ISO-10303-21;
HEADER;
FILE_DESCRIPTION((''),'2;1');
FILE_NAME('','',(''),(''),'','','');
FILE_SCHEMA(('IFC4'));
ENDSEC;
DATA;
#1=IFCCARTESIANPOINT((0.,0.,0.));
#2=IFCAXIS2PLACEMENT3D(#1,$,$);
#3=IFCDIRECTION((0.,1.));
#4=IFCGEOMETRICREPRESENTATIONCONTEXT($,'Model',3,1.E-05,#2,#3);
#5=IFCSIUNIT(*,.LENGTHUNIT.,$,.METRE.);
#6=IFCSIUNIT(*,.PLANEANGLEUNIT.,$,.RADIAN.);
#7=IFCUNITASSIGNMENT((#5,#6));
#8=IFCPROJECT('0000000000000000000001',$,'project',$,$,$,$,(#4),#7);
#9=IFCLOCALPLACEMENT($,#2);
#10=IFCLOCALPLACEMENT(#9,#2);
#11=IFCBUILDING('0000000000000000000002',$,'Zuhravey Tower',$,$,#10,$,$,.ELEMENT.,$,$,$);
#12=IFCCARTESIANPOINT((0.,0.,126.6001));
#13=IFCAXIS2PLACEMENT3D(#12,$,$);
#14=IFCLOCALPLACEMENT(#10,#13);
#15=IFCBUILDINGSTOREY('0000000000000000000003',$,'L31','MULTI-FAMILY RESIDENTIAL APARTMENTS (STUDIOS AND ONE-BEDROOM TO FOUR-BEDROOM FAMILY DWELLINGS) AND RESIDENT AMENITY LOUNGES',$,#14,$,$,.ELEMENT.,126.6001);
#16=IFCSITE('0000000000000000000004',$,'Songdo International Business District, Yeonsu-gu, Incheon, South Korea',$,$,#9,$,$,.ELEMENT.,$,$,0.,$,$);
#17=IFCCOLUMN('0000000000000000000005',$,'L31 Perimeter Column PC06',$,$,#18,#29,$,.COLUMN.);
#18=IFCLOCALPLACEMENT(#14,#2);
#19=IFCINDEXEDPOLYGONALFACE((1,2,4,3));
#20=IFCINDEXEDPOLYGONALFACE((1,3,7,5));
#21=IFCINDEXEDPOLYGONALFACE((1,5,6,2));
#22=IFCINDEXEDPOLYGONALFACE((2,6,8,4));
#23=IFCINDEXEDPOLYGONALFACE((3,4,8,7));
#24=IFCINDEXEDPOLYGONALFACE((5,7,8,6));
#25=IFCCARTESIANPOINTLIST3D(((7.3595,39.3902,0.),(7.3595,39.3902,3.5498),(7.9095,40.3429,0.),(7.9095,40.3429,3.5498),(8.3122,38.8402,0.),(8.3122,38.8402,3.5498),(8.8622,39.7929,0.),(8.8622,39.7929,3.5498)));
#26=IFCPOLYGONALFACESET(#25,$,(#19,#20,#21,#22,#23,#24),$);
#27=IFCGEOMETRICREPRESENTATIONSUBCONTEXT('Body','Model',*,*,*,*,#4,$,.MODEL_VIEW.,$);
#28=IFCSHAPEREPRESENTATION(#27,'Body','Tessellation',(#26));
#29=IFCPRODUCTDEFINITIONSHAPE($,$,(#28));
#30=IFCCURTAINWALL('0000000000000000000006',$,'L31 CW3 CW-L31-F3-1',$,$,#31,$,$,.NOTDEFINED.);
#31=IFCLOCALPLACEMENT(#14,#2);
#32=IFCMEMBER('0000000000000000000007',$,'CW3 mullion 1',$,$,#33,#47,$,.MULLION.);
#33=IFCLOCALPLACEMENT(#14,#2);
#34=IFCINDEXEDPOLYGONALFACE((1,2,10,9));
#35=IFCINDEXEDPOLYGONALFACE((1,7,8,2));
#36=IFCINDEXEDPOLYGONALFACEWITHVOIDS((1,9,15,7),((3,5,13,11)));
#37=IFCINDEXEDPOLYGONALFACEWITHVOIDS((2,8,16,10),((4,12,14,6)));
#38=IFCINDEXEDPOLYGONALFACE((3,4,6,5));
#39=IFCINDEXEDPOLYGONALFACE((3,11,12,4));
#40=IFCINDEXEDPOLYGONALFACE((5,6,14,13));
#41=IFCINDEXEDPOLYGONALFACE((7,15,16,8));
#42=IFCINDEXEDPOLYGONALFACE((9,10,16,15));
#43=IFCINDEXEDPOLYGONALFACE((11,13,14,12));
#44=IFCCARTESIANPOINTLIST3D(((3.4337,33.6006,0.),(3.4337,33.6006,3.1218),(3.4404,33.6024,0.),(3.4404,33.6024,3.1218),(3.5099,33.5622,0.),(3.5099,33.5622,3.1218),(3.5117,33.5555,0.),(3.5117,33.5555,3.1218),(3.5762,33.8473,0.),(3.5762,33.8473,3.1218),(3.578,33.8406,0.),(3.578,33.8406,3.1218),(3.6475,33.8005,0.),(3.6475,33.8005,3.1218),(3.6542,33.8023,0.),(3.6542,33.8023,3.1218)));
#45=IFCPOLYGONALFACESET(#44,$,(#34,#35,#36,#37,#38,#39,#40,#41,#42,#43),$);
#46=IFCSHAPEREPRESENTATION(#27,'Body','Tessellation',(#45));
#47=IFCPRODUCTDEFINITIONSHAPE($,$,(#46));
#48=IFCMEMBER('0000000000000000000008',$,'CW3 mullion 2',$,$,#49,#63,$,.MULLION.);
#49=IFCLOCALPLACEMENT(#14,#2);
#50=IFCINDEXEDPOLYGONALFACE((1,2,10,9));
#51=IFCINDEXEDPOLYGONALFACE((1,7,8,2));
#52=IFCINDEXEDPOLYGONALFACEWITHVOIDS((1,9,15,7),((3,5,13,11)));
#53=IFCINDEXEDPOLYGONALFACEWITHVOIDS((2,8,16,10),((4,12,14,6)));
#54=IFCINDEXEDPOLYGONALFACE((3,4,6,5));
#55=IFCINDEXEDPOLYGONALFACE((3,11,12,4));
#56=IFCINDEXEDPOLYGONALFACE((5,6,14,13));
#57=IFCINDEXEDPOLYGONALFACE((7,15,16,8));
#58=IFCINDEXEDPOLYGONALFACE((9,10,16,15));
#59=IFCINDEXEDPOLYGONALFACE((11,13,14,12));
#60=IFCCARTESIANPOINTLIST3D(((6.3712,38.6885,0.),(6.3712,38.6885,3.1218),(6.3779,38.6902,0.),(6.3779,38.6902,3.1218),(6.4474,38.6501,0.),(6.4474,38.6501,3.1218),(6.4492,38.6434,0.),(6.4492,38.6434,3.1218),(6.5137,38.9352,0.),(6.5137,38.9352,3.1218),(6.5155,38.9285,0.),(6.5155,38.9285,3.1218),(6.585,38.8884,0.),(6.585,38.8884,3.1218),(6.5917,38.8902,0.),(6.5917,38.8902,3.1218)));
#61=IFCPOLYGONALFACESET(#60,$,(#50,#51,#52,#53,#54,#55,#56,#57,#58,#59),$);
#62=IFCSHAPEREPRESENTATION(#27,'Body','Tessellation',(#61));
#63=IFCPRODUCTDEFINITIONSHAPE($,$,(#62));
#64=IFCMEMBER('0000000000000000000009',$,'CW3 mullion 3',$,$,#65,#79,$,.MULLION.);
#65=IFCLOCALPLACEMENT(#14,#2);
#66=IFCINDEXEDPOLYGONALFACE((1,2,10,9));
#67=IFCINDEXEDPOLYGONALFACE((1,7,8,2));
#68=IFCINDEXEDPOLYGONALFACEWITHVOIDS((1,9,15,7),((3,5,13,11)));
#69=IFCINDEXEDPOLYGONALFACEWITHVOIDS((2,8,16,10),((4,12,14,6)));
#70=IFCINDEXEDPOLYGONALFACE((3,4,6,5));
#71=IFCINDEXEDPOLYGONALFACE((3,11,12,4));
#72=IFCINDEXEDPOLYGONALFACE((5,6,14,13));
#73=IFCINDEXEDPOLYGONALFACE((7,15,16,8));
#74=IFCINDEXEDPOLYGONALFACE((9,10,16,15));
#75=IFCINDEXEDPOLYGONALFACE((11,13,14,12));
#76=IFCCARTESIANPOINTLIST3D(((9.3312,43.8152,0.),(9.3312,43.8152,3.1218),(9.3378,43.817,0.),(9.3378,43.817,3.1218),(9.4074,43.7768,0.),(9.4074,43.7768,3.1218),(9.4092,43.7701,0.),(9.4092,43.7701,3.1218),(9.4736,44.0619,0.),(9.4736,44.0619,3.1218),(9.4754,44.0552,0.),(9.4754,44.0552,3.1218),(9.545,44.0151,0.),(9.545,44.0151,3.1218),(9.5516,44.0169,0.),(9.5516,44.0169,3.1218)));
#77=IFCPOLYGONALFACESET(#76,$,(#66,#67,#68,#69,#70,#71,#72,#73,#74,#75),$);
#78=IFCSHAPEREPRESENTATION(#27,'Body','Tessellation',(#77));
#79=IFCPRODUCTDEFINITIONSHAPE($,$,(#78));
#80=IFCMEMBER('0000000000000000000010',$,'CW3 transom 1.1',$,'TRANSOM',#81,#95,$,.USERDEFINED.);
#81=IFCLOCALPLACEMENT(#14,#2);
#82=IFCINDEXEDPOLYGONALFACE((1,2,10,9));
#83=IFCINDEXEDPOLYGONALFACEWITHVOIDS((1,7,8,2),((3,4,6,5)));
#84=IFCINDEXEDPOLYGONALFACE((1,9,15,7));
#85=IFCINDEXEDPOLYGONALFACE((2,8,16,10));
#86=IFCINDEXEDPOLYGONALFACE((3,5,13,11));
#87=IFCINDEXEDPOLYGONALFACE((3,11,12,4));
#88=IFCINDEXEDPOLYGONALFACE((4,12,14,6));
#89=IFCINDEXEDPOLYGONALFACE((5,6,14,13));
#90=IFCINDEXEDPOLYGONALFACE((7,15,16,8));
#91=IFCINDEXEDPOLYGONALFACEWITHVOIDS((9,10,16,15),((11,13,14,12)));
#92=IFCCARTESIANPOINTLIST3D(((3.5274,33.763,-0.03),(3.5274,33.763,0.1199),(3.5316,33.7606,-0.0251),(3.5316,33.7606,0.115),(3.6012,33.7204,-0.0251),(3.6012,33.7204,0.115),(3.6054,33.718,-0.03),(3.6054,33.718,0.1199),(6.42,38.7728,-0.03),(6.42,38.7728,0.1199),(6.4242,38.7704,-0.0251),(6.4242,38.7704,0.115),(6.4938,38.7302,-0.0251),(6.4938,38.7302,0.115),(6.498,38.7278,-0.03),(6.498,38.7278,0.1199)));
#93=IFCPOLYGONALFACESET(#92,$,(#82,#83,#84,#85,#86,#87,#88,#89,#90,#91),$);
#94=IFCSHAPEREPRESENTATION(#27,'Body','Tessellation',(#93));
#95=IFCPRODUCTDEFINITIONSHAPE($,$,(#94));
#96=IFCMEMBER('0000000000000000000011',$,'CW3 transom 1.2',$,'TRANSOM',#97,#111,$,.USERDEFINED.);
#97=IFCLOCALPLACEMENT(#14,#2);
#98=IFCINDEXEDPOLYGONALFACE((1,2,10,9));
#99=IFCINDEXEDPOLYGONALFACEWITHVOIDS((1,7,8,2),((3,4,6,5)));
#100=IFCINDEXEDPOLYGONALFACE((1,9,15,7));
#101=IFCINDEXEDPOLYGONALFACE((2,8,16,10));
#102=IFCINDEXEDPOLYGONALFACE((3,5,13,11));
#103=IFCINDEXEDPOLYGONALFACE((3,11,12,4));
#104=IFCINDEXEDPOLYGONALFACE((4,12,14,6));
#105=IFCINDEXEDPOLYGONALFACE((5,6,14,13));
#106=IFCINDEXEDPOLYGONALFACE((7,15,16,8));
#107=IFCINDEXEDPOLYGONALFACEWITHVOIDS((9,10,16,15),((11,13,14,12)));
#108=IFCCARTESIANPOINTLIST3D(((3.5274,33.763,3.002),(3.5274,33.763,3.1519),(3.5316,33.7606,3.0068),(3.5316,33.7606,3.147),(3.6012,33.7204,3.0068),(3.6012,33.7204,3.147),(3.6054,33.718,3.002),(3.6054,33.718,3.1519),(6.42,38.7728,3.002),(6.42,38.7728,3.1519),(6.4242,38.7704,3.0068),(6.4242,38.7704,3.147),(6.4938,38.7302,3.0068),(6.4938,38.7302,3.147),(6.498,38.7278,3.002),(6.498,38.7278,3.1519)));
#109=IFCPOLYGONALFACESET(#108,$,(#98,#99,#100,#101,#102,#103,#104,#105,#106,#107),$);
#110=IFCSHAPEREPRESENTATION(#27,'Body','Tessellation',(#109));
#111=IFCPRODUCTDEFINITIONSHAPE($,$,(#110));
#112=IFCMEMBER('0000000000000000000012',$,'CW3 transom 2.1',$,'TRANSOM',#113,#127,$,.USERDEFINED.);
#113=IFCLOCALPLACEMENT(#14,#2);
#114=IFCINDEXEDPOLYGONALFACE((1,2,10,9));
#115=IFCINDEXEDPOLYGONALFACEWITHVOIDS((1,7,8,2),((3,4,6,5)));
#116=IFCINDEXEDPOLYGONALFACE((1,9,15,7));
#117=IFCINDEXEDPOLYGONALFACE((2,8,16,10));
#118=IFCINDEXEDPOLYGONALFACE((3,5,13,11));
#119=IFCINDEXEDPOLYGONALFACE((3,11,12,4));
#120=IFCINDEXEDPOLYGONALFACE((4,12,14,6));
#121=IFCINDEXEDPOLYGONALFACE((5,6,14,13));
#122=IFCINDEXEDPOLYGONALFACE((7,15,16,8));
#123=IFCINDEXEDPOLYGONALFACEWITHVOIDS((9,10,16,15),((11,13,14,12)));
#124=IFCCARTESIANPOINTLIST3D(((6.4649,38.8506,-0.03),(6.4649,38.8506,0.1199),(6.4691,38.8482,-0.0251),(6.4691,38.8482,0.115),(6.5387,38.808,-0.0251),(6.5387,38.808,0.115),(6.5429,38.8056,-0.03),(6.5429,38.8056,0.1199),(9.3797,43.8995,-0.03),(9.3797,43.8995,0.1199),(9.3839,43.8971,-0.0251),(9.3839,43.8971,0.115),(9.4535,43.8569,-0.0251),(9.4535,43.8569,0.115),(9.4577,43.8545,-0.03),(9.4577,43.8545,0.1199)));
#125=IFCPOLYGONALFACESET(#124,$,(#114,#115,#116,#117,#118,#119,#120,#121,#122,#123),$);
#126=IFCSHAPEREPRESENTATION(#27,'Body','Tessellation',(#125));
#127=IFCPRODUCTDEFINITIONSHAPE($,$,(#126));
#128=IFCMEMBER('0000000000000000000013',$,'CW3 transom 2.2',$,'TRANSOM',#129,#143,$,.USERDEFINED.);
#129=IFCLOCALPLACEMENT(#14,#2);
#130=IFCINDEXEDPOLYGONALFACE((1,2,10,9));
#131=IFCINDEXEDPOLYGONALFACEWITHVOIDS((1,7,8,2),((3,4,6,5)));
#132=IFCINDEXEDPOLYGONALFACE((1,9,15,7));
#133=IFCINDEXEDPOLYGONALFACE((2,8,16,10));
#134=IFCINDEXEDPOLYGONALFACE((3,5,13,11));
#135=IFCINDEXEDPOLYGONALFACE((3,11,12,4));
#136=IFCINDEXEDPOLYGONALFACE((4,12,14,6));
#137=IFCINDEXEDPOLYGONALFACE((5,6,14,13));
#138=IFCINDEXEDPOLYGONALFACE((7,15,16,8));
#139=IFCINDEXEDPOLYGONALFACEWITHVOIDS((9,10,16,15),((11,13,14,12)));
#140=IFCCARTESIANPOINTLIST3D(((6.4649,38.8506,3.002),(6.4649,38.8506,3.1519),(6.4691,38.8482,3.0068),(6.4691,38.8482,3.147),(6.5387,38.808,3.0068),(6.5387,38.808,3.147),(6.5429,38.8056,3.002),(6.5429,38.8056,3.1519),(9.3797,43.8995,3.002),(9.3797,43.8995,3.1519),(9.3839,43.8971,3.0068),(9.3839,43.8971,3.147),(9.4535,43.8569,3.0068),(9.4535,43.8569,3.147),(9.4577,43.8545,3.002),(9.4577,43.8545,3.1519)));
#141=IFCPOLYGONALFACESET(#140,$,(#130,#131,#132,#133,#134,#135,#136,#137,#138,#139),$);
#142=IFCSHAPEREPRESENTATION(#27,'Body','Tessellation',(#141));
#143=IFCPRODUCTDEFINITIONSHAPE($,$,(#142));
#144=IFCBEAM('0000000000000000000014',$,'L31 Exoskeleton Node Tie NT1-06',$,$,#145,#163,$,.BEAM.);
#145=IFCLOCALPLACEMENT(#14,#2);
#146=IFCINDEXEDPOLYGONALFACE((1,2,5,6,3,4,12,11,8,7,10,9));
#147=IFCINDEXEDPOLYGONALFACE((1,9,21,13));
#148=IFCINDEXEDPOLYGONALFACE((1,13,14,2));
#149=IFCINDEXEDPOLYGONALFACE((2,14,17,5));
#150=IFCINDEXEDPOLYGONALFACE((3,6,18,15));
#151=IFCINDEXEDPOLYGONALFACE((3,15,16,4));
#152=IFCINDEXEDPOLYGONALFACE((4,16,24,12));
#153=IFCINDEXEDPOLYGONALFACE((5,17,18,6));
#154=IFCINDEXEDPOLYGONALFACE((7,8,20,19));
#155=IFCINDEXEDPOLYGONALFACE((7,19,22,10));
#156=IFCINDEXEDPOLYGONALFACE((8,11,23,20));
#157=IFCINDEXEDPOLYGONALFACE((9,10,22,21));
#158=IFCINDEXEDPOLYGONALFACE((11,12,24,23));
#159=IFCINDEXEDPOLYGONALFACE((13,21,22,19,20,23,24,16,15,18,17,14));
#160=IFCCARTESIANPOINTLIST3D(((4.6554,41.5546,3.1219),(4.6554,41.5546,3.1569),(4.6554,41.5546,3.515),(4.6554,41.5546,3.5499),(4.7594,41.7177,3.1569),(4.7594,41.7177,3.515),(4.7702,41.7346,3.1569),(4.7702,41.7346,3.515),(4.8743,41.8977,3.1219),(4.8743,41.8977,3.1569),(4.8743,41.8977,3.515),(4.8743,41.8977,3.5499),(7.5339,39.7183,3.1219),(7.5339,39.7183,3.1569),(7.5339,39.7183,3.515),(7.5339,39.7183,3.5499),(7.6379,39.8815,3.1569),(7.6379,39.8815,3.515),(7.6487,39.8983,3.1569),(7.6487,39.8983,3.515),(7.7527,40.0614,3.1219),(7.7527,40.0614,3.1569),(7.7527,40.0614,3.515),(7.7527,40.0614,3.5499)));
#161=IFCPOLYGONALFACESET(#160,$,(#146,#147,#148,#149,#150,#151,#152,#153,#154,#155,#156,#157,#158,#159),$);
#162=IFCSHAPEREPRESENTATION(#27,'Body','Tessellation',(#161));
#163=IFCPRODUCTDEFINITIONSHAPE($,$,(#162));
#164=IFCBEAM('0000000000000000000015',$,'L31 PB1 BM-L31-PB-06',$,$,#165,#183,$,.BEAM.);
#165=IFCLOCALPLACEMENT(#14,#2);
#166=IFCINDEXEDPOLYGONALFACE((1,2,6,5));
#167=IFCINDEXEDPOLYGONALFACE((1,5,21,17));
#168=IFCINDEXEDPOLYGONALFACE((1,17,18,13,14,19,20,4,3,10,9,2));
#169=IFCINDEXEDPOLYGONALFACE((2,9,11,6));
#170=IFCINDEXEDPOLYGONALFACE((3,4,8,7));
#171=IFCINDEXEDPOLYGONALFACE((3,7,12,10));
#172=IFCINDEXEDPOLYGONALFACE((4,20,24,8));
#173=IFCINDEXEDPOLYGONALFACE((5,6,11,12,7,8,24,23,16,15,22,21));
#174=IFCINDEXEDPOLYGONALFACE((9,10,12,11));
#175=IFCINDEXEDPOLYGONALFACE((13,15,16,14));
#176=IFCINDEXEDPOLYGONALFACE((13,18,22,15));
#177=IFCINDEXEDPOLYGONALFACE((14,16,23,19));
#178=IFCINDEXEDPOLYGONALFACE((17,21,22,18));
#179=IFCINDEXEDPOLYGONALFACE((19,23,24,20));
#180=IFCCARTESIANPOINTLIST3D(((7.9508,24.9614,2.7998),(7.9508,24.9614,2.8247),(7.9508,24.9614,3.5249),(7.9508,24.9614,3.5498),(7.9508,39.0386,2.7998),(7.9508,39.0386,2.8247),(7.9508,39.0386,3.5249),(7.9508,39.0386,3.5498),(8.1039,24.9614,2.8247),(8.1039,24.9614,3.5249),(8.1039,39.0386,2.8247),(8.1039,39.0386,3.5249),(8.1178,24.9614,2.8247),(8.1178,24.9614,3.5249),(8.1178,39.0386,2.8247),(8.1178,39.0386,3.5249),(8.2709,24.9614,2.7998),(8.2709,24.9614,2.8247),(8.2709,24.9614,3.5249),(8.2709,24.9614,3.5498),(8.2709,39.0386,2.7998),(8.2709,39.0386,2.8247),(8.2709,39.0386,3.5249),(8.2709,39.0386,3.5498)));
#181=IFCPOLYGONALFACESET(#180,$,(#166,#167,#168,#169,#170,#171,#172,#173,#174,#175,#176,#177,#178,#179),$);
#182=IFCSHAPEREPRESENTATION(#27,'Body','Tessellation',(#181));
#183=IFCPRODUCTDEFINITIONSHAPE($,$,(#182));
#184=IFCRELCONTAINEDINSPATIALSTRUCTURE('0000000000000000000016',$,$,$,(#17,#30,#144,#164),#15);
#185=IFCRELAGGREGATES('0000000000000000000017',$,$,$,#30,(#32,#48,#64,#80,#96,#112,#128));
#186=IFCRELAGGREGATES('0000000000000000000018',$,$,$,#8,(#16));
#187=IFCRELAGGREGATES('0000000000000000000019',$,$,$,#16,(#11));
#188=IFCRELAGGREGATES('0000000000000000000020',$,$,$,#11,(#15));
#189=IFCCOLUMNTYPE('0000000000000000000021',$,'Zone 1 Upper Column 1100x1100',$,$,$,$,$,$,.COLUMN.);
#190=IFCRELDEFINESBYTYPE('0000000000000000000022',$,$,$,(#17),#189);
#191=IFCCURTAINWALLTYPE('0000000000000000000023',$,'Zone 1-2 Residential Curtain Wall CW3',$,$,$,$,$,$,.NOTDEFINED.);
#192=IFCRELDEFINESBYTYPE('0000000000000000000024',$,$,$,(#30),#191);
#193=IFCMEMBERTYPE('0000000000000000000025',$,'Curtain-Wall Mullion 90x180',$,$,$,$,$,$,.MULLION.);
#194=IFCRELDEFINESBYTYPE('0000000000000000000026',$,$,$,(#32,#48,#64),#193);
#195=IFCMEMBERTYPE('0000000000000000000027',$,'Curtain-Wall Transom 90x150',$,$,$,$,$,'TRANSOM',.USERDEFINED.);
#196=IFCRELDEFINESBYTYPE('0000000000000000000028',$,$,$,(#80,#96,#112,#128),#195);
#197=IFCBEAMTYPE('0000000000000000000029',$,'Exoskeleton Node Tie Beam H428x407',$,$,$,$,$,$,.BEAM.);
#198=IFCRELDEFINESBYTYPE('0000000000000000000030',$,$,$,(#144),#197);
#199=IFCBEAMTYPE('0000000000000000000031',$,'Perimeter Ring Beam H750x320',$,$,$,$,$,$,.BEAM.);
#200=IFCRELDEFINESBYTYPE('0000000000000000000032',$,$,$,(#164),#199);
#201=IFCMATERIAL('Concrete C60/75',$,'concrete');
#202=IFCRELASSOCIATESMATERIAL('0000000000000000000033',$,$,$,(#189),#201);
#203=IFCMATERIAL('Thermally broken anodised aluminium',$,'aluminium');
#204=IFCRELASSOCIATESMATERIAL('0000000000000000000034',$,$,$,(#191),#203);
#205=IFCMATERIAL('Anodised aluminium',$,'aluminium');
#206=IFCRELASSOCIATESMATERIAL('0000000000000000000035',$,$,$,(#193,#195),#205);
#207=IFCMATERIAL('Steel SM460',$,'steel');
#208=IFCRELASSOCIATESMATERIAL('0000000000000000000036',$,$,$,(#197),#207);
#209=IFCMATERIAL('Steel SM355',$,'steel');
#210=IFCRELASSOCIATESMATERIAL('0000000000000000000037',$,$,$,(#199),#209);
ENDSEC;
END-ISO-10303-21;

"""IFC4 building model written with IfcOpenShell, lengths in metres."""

from ifc_helpers import new_model, si_unit, direction, frame, origin, origin_2d, place, context, subcontext, project, spatial, rectangle, hollow_rectangle, i_section, extrude, material, material_profile, profile_set, type_object, element, aggregate, save


model = new_model("IFC4")

# Units and contexts
model_context = context("Model", 3, precision=1e-05, world=origin(), true_north=direction((0.0, 1.0)))
body_context = subcontext(model_context, "Body", "Model", "MODEL_VIEW")
ifc_project = project(units=[si_unit("LENGTHUNIT", "METRE"), si_unit("PLANEANGLEUNIT", "RADIAN")], contexts=[model_context])

# Site, building, storey
site_placement = place(None, origin())
site = spatial("IfcSite", under=ifc_project, at=site_placement, Name="Songdo International Business District, Yeonsu-gu, Incheon, South Korea", CompositionType="ELEMENT", RefElevation=0.0)
building_placement = place(site_placement, origin())
building = spatial("IfcBuilding", under=site, at=building_placement, Name="Zuhravey Tower", CompositionType="ELEMENT")
storey_placement = place(building_placement, frame((0.0, 0.0, 126.6001)))
storey = spatial("IfcBuildingStorey", under=building, at=storey_placement, Name="L31", Description="MULTI-FAMILY RESIDENTIAL APARTMENTS (STUDIOS AND ONE-BEDROOM TO FOUR-BEDROOM FAMILY DWELLINGS) AND RESIDENT AMENITY LOUNGES", CompositionType="ELEMENT", Elevation=126.6001)

# Column
ifc_material_1 = material(Name="Concrete C60/75", Category="concrete")
ifc_material_profile_1 = material_profile(ifc_material_1, rectangle(XDim=1.1001, YDim=1.1001, at=origin_2d()), Name="RC-1100x1100")
ifc_profile_set_1 = profile_set([ifc_material_profile_1], Name="Concrete C60/75")
column_type = type_object("IfcColumnType", Name="Zone 1 Upper Column 1100x1100", PredefinedType="COLUMN", material=ifc_profile_set_1)
column_placement = place(storey_placement, frame((8.1108, 39.5916, 0.0), z_axis=(0.0, 0.0, 1.0), x_axis=(-0.5, -0.866025, 0.0)))
element("IfcColumn", 1, at=column_placement, inside=storey, type_object=column_type, Name="L31 Perimeter Column PC06", PredefinedType="COLUMN", context=body_context, shape_type="SweptSolid", body=[
    extrude(rectangle(XDim=1.1001, YDim=1.1001, at=origin_2d()), origin(), (0.0, 0.0, 1.0), 3.5498),
])

# Curtain wall, members
ifc_material_2 = material(Name="Thermally broken anodised aluminium", Category="aluminium")
curtain_wall_type = type_object("IfcCurtainWallType", Name="Zone 1-2 Residential Curtain Wall CW3", PredefinedType="NOTDEFINED", material=ifc_material_2)
curtain_wall_placement = place(storey_placement, origin())
curtain_wall = element("IfcCurtainWall", 2, at=curtain_wall_placement, inside=storey, type_object=curtain_wall_type, Name="L31 CW3 CW-L31-F3-1", PredefinedType="NOTDEFINED")
ifc_material_3 = material(Name="Anodised aluminium", Category="aluminium")
ifc_material_profile_2 = material_profile(ifc_material_3, hollow_rectangle(XDim=0.0901, YDim=0.2849, WallThickness=0.0049, at=origin_2d()), Name="ALU-RHS-90x285x5")
ifc_profile_set_2 = profile_set([ifc_material_profile_2], Name="Anodised aluminium")
member_type_1 = type_object("IfcMemberType", Name="Curtain-Wall Mullion 90x180", PredefinedType="MULLION", material=ifc_profile_set_2)
member_1_placement = place(storey_placement, frame((3.5439, 33.7014, 0.0), z_axis=(0.0, 0.0, 1.0), x_axis=(-0.866026, 0.5, 0.0)))
member_1 = element("IfcMember", 3, at=member_1_placement, type_object=member_type_1, Name="CW3 mullion 1", PredefinedType="MULLION", context=body_context, shape_type="SweptSolid", body=[
    extrude(hollow_rectangle(XDim=0.0901, YDim=0.2849, WallThickness=0.0049, at=origin_2d()), origin(), (0.0, 0.0, 1.0), 3.1218),
])
member_2_placement = place(storey_placement, frame((6.4814, 38.7893, 0.0), z_axis=(0.0, 0.0, 1.0), x_axis=(-0.866026, 0.5, 0.0)))
member_2 = element("IfcMember", 4, at=member_2_placement, type_object=member_type_1, Name="CW3 mullion 2", PredefinedType="MULLION", context=body_context, shape_type="SweptSolid", body=[
    extrude(hollow_rectangle(XDim=0.0901, YDim=0.2849, WallThickness=0.0049, at=origin_2d()), origin(), (0.0, 0.0, 1.0), 3.1218),
])
member_3_placement = place(storey_placement, frame((9.4414, 43.916, 0.0), z_axis=(0.0, 0.0, 1.0), x_axis=(-0.866026, 0.5, 0.0)))
member_3 = element("IfcMember", 5, at=member_3_placement, type_object=member_type_1, Name="CW3 mullion 3", PredefinedType="MULLION", context=body_context, shape_type="SweptSolid", body=[
    extrude(hollow_rectangle(XDim=0.0901, YDim=0.2849, WallThickness=0.0049, at=origin_2d()), origin(), (0.0, 0.0, 1.0), 3.1218),
])
ifc_material_profile_3 = material_profile(ifc_material_3, hollow_rectangle(XDim=0.0901, YDim=0.1499, WallThickness=0.0049, at=origin_2d()), Name="ALU-RHS-90x150x5")
ifc_profile_set_3 = profile_set([ifc_material_profile_3], Name="Anodised aluminium")
member_type_2 = type_object("IfcMemberType", Name="Curtain-Wall Transom 90x150", ElementType="TRANSOM", PredefinedType="USERDEFINED", material=ifc_profile_set_3)
member_4_placement = place(storey_placement, frame((3.5664, 33.7405, 0.0449), z_axis=(0.500024, 0.866011, 0.0), x_axis=(-0.866011, 0.500024, 0.0)))
member_4 = element("IfcMember", 6, at=member_4_placement, type_object=member_type_2, Name="CW3 transom 1.1", ObjectType="TRANSOM", PredefinedType="USERDEFINED", context=body_context, shape_type="SweptSolid", body=[
    extrude(hollow_rectangle(XDim=0.0901, YDim=0.1499, WallThickness=0.0049, at=origin_2d()), origin(), (0.0, 0.0, 1.0), 5.7849),
])
member_5_placement = place(storey_placement, frame((3.5664, 33.7405, 3.0769), z_axis=(0.500024, 0.866011, 0.0), x_axis=(-0.866011, 0.500024, 0.0)))
member_5 = element("IfcMember", 7, at=member_5_placement, type_object=member_type_2, Name="CW3 transom 1.2", ObjectType="TRANSOM", PredefinedType="USERDEFINED", context=body_context, shape_type="SweptSolid", body=[
    extrude(hollow_rectangle(XDim=0.0901, YDim=0.1499, WallThickness=0.0049, at=origin_2d()), origin(), (0.0, 0.0, 1.0), 5.7849),
])
member_6_placement = place(storey_placement, frame((6.5039, 38.8281, 0.0449), z_axis=(0.499981, 0.866036, 0.0), x_axis=(-0.866036, 0.499981, 0.0)))
member_6 = element("IfcMember", 8, at=member_6_placement, type_object=member_type_2, Name="CW3 transom 2.1", ObjectType="TRANSOM", PredefinedType="USERDEFINED", context=body_context, shape_type="SweptSolid", body=[
    extrude(hollow_rectangle(XDim=0.0901, YDim=0.1499, WallThickness=0.0049, at=origin_2d()), origin(), (0.0, 0.0, 1.0), 5.8298),
])
member_7_placement = place(storey_placement, frame((6.5039, 38.8281, 3.0769), z_axis=(0.499981, 0.866036, 0.0), x_axis=(-0.866036, 0.499981, 0.0)))
member_7 = element("IfcMember", 9, at=member_7_placement, type_object=member_type_2, Name="CW3 transom 2.2", ObjectType="TRANSOM", PredefinedType="USERDEFINED", context=body_context, shape_type="SweptSolid", body=[
    extrude(hollow_rectangle(XDim=0.0901, YDim=0.1499, WallThickness=0.0049, at=origin_2d()), origin(), (0.0, 0.0, 1.0), 5.8298),
])

# Beams
ifc_material_4 = material(Name="Steel SM460", Category="steel")
ifc_material_profile_4 = material_profile(ifc_material_4, i_section(OverallWidth=0.407, OverallDepth=0.428, WebThickness=0.02, FlangeThickness=0.0349, at=origin_2d()), Name="H-428x407x20x35")
ifc_profile_set_4 = profile_set([ifc_material_profile_4], Name="Steel SM460")
beam_type_1 = type_object("IfcBeamType", Name="Exoskeleton Node Tie Beam H428x407", PredefinedType="BEAM", material=ifc_profile_set_4)
beam_1_placement = place(storey_placement, frame((7.6433, 39.8899, 3.3359), z_axis=(-0.843069, 0.537805, 0.0), x_axis=(-0.537805, -0.843069, 0.0)))
element("IfcBeam", 10, at=beam_1_placement, inside=storey, type_object=beam_type_1, Name="L31 Exoskeleton Node Tie NT1-06", PredefinedType="BEAM", context=body_context, shape_type="SweptSolid", body=[
    extrude(i_section(OverallWidth=0.407, OverallDepth=0.428, WebThickness=0.02, FlangeThickness=0.0349, at=origin_2d()), origin(), (0.0, 0.0, 1.0), 3.4143),
])
ifc_material_5 = material(Name="Steel SM355", Category="steel")
ifc_material_profile_5 = material_profile(ifc_material_5, i_section(OverallWidth=0.3201, OverallDepth=0.75, WebThickness=0.0139, FlangeThickness=0.0249, at=origin_2d()), Name="H-750x320x14x25")
ifc_profile_set_5 = profile_set([ifc_material_profile_5], Name="Steel SM355")
beam_type_2 = type_object("IfcBeamType", Name="Perimeter Ring Beam H750x320", PredefinedType="BEAM", material=ifc_profile_set_5)
beam_2_placement = place(storey_placement, frame((8.1108, 39.0386, 3.1748), z_axis=(0.0, -1.0, 0.0), x_axis=(1.0, 0.0, 0.0)))
element("IfcBeam", 11, at=beam_2_placement, inside=storey, type_object=beam_type_2, Name="L31 PB1 BM-L31-PB-06", PredefinedType="BEAM", context=body_context, shape_type="SweptSolid", body=[
    extrude(i_section(OverallWidth=0.3201, OverallDepth=0.75, WebThickness=0.0139, FlangeThickness=0.0249, at=origin_2d()), origin(), (0.0, 0.0, 1.0), 14.0771),
])

aggregate(curtain_wall, [member_1, member_2, member_3, member_4, member_5, member_6, member_7])

save(model, "model.ifc")
